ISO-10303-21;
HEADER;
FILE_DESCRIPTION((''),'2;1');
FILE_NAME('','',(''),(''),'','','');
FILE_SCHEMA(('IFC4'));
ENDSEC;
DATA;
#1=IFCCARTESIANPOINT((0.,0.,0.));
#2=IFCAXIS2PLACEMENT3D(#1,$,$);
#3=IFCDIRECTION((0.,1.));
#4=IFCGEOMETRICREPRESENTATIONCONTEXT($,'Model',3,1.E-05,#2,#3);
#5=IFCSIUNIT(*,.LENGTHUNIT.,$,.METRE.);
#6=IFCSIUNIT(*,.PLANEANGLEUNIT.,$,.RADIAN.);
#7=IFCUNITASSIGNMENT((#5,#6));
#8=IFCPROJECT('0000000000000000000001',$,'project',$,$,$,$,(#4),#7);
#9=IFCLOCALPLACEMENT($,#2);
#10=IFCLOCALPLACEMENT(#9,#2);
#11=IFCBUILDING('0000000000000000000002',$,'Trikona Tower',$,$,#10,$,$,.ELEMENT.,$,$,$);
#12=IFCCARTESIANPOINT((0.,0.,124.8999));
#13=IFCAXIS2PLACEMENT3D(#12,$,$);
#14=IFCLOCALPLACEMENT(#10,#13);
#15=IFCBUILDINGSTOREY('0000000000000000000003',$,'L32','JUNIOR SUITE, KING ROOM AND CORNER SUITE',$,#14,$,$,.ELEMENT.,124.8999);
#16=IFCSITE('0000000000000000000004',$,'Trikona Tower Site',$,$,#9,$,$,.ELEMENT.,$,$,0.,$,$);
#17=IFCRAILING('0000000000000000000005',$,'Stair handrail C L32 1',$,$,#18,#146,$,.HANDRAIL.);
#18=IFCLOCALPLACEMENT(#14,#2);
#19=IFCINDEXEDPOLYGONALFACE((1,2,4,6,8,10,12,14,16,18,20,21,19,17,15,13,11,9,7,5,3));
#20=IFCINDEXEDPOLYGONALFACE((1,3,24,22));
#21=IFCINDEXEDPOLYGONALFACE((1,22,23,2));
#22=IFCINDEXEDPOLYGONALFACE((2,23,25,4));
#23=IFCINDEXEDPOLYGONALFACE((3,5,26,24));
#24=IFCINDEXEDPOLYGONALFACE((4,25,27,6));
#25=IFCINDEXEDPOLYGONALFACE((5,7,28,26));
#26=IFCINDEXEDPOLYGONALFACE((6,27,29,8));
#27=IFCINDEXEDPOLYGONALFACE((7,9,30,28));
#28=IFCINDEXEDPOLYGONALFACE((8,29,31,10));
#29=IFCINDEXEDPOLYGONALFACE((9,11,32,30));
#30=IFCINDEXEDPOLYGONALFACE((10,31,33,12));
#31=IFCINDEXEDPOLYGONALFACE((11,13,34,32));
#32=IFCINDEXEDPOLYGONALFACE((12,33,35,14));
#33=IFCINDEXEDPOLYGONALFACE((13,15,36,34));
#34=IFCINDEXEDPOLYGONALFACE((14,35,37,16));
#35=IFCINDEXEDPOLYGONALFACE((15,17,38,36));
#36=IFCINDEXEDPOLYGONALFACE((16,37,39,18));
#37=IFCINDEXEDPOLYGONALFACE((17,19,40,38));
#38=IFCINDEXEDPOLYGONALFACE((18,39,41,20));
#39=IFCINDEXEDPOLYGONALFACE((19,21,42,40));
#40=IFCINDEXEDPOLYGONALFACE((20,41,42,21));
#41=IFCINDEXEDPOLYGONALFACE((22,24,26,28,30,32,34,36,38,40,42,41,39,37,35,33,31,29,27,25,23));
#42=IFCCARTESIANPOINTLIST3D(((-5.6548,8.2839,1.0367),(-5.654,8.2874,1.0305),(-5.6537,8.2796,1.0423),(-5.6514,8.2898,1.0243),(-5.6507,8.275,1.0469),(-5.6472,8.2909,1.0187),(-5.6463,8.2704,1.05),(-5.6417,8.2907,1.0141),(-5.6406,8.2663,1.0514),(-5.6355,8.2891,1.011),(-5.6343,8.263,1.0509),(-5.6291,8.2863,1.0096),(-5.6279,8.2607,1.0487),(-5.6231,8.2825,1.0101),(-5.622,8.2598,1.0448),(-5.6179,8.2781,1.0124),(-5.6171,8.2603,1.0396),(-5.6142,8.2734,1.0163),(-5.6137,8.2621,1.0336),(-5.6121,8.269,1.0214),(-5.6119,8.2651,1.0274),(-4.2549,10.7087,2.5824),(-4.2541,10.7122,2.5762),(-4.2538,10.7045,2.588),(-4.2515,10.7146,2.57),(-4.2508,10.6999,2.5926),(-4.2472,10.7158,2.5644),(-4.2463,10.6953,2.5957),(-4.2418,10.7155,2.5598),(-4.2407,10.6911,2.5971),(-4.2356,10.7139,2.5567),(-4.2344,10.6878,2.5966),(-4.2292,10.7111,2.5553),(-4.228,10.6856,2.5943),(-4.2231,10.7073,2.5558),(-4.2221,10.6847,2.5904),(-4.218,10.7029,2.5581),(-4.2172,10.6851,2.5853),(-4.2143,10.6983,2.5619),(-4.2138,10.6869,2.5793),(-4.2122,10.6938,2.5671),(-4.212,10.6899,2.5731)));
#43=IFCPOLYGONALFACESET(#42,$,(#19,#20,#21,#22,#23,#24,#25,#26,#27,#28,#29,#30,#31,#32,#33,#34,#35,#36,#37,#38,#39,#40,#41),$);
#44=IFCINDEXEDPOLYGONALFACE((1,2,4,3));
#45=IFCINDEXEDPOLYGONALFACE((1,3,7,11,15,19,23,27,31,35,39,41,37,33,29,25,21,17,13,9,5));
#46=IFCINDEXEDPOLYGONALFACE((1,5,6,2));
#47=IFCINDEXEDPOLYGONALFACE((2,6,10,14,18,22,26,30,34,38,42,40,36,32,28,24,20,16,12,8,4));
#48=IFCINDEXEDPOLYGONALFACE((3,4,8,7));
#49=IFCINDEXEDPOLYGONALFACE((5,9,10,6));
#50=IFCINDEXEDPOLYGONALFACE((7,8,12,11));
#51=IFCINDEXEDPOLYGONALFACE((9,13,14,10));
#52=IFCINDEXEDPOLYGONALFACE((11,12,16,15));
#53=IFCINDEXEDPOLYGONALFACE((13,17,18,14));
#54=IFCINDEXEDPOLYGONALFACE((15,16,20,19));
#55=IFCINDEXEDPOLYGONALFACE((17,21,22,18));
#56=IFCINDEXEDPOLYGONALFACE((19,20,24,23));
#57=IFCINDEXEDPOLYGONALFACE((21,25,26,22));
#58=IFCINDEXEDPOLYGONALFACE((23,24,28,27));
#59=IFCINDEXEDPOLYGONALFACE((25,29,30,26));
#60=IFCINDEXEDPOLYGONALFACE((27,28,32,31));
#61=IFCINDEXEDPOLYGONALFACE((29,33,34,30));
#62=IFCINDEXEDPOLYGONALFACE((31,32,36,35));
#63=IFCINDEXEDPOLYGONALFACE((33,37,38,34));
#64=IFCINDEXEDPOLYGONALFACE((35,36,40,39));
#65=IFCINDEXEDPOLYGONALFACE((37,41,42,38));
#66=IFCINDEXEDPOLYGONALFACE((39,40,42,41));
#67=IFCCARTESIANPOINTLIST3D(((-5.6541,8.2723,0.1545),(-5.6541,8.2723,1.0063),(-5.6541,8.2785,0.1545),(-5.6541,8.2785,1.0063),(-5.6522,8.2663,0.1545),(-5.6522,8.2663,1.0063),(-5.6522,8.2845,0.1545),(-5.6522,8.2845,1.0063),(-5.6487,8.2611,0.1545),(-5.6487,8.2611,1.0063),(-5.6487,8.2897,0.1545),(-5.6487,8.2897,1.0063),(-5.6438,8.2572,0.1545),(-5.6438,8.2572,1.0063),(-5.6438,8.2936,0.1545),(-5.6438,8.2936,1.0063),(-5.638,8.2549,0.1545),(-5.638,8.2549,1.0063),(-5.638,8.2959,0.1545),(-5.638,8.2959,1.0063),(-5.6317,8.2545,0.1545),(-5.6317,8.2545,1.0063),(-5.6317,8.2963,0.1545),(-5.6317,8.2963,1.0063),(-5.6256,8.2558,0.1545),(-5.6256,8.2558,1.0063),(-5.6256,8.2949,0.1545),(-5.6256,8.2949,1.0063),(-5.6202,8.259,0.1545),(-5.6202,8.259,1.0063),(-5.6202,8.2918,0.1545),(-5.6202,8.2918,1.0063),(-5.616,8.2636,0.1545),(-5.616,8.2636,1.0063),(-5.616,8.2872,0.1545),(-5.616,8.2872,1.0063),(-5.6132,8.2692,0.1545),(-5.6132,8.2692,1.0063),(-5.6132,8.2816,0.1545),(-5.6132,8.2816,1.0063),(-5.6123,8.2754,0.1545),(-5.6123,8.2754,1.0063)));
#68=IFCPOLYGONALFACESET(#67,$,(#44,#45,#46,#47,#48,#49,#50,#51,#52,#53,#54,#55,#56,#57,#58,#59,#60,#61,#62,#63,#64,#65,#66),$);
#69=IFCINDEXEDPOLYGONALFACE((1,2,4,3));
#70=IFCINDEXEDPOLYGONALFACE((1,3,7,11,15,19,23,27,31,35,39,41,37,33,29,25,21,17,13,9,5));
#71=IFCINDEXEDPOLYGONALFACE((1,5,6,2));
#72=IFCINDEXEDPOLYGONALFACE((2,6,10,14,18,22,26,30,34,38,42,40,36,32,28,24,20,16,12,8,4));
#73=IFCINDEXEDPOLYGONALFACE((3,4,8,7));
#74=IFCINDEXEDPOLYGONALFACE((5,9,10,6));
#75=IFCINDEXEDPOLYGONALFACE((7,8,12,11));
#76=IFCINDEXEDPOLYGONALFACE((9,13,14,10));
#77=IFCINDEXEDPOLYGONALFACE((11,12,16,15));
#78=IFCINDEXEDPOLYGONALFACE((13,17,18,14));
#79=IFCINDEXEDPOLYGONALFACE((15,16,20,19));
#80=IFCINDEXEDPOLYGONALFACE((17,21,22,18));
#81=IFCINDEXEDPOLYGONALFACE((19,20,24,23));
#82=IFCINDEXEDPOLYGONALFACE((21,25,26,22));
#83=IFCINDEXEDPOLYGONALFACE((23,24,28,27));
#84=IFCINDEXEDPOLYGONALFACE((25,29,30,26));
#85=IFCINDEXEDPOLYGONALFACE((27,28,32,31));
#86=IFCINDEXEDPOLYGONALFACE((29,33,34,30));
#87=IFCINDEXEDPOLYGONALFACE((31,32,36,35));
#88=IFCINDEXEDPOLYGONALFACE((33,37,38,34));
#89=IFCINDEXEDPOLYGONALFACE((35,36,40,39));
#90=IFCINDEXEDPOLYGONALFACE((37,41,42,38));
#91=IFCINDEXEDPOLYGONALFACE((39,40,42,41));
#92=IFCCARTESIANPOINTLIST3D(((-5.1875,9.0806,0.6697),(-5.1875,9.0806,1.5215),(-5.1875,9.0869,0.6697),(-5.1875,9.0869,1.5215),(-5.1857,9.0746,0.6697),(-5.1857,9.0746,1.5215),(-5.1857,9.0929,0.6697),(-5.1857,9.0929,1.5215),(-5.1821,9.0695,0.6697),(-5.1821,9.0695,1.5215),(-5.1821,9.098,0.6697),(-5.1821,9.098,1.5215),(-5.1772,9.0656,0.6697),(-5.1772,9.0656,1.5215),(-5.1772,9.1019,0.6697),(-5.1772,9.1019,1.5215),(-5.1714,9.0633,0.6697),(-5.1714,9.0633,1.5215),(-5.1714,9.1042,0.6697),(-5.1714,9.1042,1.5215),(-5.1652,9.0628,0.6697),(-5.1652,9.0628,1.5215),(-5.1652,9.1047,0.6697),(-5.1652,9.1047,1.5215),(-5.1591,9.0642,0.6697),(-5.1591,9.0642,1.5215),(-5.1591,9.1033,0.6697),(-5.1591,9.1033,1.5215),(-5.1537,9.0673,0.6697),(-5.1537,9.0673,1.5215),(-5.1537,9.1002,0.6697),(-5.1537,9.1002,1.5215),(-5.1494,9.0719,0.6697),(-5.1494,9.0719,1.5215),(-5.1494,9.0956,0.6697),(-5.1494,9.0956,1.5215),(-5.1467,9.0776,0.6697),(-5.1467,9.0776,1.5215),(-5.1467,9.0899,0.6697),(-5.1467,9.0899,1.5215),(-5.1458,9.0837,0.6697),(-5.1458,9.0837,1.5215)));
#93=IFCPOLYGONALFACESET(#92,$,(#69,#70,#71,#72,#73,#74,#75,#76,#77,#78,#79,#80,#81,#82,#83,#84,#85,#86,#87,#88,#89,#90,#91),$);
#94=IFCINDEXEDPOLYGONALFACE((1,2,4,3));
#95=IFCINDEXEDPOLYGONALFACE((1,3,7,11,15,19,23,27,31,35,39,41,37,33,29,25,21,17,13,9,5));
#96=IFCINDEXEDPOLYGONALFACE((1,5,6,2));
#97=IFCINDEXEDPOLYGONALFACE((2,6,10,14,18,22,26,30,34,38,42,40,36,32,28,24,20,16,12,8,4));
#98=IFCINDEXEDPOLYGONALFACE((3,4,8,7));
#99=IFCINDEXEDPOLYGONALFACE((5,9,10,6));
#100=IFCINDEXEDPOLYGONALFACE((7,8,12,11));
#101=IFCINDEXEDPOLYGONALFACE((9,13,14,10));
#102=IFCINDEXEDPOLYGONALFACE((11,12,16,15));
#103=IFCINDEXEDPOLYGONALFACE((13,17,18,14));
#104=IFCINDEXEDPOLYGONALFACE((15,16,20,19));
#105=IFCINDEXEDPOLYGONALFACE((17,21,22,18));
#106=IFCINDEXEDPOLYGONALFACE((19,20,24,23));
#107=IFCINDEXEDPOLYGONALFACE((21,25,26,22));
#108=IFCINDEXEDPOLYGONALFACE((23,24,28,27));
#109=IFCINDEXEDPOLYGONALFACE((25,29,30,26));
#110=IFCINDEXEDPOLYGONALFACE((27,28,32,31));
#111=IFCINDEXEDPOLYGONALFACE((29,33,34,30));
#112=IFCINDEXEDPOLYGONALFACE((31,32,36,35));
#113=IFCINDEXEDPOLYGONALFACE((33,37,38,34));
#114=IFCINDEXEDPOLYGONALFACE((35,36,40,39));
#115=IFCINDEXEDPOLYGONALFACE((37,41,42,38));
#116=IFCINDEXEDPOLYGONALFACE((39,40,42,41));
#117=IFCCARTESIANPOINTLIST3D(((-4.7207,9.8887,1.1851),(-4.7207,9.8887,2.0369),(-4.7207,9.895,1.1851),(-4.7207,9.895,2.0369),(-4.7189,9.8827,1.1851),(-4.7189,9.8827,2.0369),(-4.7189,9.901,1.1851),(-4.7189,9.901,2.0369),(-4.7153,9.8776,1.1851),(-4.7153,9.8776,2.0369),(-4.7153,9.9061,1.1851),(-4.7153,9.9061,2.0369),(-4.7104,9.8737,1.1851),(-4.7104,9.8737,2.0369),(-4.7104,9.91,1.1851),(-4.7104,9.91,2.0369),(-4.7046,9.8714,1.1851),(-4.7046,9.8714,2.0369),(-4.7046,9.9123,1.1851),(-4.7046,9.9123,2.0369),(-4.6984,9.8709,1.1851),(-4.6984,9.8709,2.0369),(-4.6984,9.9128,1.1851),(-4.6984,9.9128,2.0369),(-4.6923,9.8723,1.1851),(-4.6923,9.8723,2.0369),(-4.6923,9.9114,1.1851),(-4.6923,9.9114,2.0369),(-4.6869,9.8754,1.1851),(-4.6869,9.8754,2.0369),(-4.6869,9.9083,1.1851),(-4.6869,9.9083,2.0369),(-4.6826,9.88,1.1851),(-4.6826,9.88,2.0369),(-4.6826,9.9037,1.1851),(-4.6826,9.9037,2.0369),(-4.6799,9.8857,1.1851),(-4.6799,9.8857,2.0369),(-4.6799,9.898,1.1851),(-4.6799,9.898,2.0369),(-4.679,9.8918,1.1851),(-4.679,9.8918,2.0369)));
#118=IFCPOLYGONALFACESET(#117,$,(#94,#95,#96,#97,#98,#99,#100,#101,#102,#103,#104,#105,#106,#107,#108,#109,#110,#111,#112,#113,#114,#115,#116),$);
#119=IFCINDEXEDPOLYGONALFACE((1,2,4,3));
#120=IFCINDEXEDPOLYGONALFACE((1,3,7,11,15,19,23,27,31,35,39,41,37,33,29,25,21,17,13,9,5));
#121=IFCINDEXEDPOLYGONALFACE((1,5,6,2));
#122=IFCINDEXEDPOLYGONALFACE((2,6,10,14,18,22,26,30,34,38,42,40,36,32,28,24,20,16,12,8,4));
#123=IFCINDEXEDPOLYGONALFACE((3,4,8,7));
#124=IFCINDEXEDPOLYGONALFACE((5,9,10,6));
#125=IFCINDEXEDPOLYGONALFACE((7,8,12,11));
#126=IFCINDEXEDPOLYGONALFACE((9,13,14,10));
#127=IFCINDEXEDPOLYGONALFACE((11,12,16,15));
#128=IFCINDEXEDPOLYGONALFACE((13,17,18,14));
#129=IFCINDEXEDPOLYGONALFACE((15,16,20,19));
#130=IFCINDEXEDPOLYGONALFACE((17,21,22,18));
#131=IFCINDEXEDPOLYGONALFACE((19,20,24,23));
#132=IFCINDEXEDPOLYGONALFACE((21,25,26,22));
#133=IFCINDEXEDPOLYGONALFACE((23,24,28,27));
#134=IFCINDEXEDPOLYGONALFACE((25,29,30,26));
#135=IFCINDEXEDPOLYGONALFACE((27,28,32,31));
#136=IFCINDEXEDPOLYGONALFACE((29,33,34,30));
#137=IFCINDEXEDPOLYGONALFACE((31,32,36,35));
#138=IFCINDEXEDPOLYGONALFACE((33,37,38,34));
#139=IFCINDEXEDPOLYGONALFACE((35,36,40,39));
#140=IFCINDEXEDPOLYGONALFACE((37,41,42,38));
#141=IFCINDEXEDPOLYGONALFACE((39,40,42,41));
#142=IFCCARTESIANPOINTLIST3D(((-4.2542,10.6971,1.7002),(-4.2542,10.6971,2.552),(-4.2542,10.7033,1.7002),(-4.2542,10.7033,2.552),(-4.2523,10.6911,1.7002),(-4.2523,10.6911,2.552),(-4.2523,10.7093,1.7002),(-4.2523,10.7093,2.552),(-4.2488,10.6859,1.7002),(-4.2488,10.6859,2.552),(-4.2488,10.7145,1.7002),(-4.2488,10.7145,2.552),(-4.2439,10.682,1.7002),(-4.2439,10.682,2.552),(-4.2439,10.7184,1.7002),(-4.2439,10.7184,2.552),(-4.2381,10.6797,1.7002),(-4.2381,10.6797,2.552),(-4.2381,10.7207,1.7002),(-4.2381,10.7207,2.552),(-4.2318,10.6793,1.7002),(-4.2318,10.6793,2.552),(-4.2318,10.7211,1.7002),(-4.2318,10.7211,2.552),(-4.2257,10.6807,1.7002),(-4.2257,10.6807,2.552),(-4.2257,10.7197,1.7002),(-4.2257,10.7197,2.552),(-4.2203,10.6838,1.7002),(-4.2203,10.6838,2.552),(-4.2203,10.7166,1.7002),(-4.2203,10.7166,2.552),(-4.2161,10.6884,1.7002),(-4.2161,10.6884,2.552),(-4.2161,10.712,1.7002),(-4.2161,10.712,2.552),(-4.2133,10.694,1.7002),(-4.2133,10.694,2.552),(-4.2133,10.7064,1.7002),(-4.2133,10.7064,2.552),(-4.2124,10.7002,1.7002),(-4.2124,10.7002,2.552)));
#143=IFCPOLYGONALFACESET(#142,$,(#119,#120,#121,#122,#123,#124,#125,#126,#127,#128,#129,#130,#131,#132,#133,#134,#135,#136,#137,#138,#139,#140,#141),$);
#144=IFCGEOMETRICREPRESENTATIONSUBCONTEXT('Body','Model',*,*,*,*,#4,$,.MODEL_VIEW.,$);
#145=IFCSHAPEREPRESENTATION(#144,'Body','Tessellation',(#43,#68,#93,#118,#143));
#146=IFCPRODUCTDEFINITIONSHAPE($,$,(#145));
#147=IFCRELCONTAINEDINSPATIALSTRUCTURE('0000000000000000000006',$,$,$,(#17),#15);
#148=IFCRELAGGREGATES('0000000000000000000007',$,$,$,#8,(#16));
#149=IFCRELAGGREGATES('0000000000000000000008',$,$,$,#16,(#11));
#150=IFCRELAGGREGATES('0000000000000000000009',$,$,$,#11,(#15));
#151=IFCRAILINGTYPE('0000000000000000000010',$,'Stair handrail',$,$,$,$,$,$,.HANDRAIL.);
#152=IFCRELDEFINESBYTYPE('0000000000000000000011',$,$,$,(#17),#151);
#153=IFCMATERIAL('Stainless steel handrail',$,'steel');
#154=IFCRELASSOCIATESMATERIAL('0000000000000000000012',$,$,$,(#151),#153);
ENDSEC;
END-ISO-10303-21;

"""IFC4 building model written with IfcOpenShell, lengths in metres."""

from ifc_helpers import new_model, si_unit, direction, frame, origin, origin_2d, place, context, subcontext, project, spatial, circle, extrude, material, type_object, element, save


model = new_model("IFC4")

# Units and contexts
model_context = context("Model", 3, precision=1e-05, world=origin(), true_north=direction((0.0, 1.0)))
body_context = subcontext(model_context, "Body", "Model", "MODEL_VIEW")
ifc_project = project(units=[si_unit("LENGTHUNIT", "METRE"), si_unit("PLANEANGLEUNIT", "RADIAN")], contexts=[model_context])

# Site, building, storey
site_placement = place(None, origin())
site = spatial("IfcSite", under=ifc_project, at=site_placement, Name="Trikona Tower Site", CompositionType="ELEMENT", RefElevation=0.0)
building_placement = place(site_placement, origin())
building = spatial("IfcBuilding", under=site, at=building_placement, Name="Trikona Tower", CompositionType="ELEMENT")
storey_placement = place(building_placement, frame((0.0, 0.0, 124.8999)))
storey = spatial("IfcBuildingStorey", under=building, at=storey_placement, Name="L32", Description="JUNIOR SUITE, KING ROOM AND CORNER SUITE", CompositionType="ELEMENT", Elevation=124.8999)

# Railing
ifc_material_1 = material(Name="Stainless steel handrail", Category="steel")
railing_type = type_object("IfcRailingType", Name="Stair handrail", PredefinedType="HANDRAIL", material=ifc_material_1)
railing_1_placement = place(storey_placement, frame((-5.6333, 8.2754, 0.1545)))
element("IfcRailing", 1, at=railing_1_placement, inside=storey, type_object=railing_type, Name="Stair handrail C L32 1", PredefinedType="HANDRAIL", context=body_context, shape_type="SweptSolid", body=[
    extrude(circle(Radius=0.0239, at=origin_2d()), frame((0.0, 0.0, 0.876), z_axis=(0.437716, 0.758179, 0.48329), x_axis=(-0.866035, 0.499984, 0.0)), (0.0, 0.0, 1.0), 3.1982),
    extrude(circle(Radius=0.021, at=origin_2d()), origin(), (0.0, 0.0, 1.0), 0.8518),
    extrude(circle(Radius=0.021, at=origin_2d()), frame((0.4666, 0.8083, 0.5151)), (0.0, 0.0, 1.0), 0.8518),
    extrude(circle(Radius=0.021, at=origin_2d()), frame((0.9333, 1.6165, 1.0305)), (0.0, 0.0, 1.0), 0.8518),
    extrude(circle(Radius=0.021, at=origin_2d()), frame((1.3999, 2.4248, 1.5457)), (0.0, 0.0, 1.0), 0.8518),
])

save(model, "model.ifc")
